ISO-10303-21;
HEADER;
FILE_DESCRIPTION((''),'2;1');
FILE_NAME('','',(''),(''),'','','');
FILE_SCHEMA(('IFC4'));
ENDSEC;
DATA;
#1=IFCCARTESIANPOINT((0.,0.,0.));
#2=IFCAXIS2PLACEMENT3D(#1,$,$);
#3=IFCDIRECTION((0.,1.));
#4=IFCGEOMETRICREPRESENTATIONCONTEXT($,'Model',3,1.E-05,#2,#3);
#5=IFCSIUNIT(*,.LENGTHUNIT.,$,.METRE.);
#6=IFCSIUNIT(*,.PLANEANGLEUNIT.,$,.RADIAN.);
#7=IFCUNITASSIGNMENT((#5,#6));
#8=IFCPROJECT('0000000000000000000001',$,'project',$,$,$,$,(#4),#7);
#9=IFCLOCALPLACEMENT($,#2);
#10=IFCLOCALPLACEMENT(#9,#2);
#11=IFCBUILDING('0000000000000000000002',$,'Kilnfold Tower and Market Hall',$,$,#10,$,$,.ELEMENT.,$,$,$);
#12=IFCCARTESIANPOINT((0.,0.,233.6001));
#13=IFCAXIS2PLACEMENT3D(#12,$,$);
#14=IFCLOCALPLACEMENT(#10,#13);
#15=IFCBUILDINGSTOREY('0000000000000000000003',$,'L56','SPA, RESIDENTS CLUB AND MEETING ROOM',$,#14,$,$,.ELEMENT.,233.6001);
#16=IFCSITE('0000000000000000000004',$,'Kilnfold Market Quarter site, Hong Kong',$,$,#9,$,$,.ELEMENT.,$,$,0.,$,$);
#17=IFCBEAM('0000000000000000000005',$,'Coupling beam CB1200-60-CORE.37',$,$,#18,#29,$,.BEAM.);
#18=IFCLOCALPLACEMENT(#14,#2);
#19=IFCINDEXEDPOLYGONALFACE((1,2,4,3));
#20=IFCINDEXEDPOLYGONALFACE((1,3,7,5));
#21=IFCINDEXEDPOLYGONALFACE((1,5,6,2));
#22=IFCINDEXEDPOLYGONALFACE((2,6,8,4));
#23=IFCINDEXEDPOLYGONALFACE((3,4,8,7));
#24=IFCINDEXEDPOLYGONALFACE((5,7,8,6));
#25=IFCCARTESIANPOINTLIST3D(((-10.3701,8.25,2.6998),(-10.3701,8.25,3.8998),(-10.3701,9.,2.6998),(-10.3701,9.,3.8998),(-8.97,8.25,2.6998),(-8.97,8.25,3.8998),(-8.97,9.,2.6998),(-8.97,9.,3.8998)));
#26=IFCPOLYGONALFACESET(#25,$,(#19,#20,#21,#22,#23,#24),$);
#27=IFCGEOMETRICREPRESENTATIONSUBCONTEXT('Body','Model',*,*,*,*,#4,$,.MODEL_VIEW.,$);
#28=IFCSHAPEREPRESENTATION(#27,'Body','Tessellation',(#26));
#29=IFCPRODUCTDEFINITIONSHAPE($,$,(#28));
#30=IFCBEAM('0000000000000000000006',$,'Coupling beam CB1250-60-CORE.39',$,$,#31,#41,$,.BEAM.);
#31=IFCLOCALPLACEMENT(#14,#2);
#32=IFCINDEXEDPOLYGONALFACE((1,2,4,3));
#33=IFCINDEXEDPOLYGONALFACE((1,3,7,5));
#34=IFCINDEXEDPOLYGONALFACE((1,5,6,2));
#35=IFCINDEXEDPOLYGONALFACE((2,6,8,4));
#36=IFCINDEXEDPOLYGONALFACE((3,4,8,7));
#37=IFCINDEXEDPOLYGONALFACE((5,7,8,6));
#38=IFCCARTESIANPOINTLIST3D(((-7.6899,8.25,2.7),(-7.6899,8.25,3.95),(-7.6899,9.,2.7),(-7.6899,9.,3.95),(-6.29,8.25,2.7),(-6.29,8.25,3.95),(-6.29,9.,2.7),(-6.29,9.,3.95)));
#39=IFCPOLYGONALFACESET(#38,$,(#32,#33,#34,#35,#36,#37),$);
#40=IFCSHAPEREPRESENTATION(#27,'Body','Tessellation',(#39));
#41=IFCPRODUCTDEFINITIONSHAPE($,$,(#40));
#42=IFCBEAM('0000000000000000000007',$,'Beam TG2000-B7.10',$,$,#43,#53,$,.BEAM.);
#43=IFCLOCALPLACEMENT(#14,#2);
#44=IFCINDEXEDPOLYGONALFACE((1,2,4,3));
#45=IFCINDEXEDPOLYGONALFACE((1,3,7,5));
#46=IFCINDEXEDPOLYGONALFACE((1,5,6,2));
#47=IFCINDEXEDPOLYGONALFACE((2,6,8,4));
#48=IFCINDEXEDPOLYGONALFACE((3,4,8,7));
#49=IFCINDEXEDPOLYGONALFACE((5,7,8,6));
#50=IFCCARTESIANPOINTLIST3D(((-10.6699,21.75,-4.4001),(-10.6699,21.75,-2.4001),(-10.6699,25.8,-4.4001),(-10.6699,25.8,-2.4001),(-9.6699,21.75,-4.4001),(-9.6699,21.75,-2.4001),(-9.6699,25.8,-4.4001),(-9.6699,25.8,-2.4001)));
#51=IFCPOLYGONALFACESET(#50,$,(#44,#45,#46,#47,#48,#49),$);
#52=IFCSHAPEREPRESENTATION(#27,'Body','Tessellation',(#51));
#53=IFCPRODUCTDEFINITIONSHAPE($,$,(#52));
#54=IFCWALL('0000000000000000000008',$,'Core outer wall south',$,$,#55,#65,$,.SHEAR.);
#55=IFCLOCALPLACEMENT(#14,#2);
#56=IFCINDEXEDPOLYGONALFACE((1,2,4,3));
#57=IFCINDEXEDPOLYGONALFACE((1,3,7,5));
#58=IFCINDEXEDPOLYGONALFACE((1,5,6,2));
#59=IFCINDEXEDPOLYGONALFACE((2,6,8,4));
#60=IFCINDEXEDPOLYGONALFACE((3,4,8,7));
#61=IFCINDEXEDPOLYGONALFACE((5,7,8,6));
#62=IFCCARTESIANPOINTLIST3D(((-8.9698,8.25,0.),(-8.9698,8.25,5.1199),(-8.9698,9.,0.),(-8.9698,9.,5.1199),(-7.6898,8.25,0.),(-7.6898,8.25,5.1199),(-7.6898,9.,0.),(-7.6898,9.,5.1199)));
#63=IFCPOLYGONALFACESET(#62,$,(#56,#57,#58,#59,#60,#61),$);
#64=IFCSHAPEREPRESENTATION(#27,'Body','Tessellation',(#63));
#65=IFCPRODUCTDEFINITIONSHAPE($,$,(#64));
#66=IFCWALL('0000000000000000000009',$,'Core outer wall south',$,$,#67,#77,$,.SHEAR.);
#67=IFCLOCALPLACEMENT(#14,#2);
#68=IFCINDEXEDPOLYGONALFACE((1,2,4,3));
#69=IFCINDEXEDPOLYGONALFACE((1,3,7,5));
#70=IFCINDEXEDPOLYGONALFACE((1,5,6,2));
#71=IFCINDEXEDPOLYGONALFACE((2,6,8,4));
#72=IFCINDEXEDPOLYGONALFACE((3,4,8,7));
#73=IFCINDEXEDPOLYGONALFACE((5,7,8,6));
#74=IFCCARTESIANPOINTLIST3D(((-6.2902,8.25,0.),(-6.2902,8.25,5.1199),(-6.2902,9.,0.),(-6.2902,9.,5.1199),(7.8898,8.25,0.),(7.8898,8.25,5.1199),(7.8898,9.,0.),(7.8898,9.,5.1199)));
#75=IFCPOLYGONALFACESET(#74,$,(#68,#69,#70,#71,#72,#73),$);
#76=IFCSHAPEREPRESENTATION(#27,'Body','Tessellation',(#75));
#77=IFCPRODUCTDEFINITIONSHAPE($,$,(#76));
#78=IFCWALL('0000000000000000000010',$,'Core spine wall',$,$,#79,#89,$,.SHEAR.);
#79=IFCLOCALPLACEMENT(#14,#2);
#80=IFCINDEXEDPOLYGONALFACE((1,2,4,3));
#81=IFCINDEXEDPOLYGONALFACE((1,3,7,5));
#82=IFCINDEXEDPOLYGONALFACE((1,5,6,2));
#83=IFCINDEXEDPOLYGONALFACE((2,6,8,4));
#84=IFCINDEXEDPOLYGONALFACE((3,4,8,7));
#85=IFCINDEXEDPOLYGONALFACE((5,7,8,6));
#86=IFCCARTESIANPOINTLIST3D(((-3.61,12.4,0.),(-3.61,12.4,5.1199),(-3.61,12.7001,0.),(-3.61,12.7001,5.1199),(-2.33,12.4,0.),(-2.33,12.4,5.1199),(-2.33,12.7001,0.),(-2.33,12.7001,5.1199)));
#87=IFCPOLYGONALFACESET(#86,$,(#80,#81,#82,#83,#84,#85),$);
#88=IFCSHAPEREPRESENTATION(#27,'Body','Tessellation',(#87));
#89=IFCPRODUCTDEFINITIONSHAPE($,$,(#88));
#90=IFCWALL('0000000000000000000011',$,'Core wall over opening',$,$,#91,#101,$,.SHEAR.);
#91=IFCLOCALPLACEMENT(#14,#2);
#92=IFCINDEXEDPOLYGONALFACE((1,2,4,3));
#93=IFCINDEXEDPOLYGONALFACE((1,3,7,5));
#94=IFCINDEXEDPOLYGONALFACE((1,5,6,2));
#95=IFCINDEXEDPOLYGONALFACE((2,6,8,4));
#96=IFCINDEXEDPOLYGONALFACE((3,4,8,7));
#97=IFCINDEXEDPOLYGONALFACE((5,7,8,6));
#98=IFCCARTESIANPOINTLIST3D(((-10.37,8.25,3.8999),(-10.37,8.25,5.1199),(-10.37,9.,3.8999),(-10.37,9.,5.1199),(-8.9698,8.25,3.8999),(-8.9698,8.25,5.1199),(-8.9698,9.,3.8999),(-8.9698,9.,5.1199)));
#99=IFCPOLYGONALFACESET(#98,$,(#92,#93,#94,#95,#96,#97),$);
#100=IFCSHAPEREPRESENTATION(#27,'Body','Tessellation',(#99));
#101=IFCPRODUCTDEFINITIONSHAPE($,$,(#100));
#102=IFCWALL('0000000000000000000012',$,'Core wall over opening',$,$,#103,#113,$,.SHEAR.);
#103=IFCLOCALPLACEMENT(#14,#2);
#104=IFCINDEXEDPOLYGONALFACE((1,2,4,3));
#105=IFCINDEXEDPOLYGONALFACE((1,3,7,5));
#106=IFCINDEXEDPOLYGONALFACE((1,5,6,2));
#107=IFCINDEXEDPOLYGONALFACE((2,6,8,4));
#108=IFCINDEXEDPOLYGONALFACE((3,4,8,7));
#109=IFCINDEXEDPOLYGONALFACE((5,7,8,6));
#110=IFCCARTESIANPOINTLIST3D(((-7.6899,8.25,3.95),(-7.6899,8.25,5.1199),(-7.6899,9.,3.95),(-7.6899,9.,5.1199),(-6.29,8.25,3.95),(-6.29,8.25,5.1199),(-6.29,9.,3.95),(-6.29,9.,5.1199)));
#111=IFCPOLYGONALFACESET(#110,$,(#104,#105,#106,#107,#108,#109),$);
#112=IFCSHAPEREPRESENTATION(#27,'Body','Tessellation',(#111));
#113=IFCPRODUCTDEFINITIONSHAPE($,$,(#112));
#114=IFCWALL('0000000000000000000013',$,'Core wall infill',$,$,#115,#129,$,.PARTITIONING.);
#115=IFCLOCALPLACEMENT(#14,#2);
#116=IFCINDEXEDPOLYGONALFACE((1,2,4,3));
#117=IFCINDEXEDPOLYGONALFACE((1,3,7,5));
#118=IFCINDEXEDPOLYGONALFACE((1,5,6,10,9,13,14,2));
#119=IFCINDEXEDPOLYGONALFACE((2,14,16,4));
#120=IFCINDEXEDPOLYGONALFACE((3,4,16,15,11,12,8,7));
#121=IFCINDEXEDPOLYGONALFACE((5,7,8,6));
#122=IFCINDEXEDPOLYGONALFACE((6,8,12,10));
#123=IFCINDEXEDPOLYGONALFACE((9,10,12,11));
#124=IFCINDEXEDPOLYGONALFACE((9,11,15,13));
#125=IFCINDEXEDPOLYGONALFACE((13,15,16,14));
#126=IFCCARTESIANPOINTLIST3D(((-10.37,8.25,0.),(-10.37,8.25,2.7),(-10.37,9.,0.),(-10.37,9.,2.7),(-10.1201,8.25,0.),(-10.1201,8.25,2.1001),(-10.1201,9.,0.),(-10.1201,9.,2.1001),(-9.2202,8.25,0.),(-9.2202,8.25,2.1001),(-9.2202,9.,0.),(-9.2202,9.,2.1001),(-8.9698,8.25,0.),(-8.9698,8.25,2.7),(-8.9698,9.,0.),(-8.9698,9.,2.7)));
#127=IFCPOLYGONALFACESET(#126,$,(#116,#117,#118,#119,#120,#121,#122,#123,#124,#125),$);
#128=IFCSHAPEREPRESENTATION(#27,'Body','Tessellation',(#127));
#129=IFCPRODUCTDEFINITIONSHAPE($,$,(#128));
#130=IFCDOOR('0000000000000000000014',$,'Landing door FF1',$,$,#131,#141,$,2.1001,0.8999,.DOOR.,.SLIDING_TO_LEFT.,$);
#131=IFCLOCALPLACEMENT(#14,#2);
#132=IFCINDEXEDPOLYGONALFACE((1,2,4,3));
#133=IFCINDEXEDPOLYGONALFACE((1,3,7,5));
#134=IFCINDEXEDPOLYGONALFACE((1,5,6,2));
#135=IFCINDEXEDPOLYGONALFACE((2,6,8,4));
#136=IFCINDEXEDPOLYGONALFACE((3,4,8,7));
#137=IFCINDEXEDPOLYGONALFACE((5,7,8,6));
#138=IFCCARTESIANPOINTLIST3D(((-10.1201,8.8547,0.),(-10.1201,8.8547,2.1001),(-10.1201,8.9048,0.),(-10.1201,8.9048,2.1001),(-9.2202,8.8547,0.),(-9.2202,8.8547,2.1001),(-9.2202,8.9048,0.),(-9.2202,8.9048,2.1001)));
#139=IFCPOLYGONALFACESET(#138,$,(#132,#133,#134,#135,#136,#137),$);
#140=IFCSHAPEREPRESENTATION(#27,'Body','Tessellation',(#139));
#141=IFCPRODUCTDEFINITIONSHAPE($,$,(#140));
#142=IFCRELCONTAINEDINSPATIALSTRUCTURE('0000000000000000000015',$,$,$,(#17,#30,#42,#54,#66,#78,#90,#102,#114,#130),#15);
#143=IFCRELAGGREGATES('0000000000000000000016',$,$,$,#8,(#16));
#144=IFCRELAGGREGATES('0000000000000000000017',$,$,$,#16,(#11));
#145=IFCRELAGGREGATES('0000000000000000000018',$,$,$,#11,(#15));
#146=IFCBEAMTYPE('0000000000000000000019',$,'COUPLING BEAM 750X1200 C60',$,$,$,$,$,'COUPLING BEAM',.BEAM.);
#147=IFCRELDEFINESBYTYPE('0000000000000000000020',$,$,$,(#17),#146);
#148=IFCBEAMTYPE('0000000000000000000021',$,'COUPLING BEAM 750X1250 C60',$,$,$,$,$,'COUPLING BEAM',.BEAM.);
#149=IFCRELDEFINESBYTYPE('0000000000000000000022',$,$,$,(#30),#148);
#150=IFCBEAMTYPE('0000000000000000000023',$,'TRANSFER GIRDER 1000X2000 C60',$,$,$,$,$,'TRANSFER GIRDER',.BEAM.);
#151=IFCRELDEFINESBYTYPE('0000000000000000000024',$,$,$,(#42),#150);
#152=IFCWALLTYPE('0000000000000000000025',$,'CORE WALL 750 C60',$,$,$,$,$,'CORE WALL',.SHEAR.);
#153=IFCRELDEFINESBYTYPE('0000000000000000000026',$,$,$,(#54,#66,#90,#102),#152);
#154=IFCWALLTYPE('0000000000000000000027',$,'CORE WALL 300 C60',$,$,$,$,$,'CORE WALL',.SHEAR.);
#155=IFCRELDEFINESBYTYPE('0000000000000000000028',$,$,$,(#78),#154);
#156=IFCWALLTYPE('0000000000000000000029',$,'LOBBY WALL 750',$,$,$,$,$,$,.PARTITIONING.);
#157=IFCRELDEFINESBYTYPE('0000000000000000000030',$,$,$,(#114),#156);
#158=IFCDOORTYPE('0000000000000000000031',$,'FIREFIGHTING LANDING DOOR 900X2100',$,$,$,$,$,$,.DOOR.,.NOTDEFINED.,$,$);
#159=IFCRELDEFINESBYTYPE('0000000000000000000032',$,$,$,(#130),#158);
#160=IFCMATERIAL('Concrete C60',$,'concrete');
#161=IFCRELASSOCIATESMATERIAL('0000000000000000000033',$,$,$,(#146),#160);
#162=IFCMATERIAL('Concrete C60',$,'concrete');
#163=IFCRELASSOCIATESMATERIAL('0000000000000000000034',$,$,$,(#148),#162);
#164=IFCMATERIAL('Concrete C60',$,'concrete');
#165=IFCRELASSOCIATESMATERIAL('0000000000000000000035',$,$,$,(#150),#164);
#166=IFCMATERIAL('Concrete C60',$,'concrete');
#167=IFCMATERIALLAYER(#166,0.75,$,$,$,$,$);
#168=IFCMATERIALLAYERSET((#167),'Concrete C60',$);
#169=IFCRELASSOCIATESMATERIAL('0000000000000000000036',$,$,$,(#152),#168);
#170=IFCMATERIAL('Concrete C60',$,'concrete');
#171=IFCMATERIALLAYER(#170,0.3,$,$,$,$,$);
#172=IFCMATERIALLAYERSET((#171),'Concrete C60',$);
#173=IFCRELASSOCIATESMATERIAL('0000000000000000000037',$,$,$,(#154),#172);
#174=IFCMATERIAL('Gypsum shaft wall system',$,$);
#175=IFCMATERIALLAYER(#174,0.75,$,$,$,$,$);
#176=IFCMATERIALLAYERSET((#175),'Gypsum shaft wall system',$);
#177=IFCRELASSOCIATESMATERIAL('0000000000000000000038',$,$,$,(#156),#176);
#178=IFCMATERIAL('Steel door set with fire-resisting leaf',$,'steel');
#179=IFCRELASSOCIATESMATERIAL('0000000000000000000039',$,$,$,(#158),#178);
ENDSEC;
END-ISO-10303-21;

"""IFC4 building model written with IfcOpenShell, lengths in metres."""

from ifc_helpers import new_model, si_unit, direction, frame, frame_2d, origin, origin_2d, place, context, subcontext, project, spatial, rectangle, extrude, source, transform, mapped, material, layer, layer_set, material_profile, profile_set, type_object, element, fill, save


model = new_model("IFC4")

# Units and contexts
model_context = context("Model", 3, precision=1e-05, world=origin(), true_north=direction((0.0, 1.0)))
body_context = subcontext(model_context, "Body", "Model", "MODEL_VIEW")
ifc_project = project(units=[si_unit("LENGTHUNIT", "METRE"), si_unit("PLANEANGLEUNIT", "RADIAN")], contexts=[model_context])

# Site, building, storey
site_placement = place(None, origin())
site = spatial("IfcSite", under=ifc_project, at=site_placement, Name="Kilnfold Market Quarter site, Hong Kong", CompositionType="ELEMENT", RefElevation=0.0)
building_placement = place(site_placement, origin())
building = spatial("IfcBuilding", under=site, at=building_placement, Name="Kilnfold Tower and Market Hall", CompositionType="ELEMENT")
storey_placement = place(building_placement, frame((0.0, 0.0, 233.6001)))
storey = spatial("IfcBuildingStorey", under=building, at=storey_placement, Name="L56", Description="SPA, RESIDENTS CLUB AND MEETING ROOM", CompositionType="ELEMENT", Elevation=233.6001)

# Beams
ifc_material_1 = material(Name="Concrete C60", Category="concrete")
ifc_material_profile_1 = material_profile(ifc_material_1, rectangle(XDim=0.75, YDim=1.2, at=origin_2d()), Name="RC 750x1200")
ifc_profile_set_1 = profile_set([ifc_material_profile_1], Name="Concrete C60")
beam_type_1 = type_object("IfcBeamType", Name="COUPLING BEAM 750X1200 C60", ElementType="COUPLING BEAM", PredefinedType="BEAM", material=ifc_profile_set_1)
shared_shape_1 = source(origin(), body_context, "Body", "SweptSolid", [
    extrude(rectangle(XDim=0.75, YDim=1.2, at=origin_2d()), origin(), (0.0, 0.0, 1.0), 1.4001),
])
beam_1_placement = place(storey_placement, frame((-10.3701, 8.625, 3.2998), z_axis=(1.0, 0.0, 0.0), x_axis=(0.0, 1.0, 0.0)))
element("IfcBeam", 1, at=beam_1_placement, inside=storey, type_object=beam_type_1, Name="Coupling beam CB1200-60-CORE.37", PredefinedType="BEAM", context=body_context, shape_type="MappedRepresentation", body=[
    mapped(shared_shape_1, transform((0.0, 0.0, 0.0))),
])
ifc_material_2 = material(Name="Concrete C60", Category="concrete")
ifc_material_profile_2 = material_profile(ifc_material_2, rectangle(XDim=0.75, YDim=1.25, at=origin_2d()), Name="RC 750x1250")
ifc_profile_set_2 = profile_set([ifc_material_profile_2], Name="Concrete C60")
beam_type_2 = type_object("IfcBeamType", Name="COUPLING BEAM 750X1250 C60", ElementType="COUPLING BEAM", PredefinedType="BEAM", material=ifc_profile_set_2)
shared_shape_2 = source(origin(), body_context, "Body", "SweptSolid", [
    extrude(rectangle(XDim=0.75, YDim=1.25, at=origin_2d()), origin(), (0.0, 0.0, 1.0), 1.3999),
])
beam_2_placement = place(storey_placement, frame((-7.6899, 8.625, 3.325), z_axis=(1.0, 0.0, 0.0), x_axis=(0.0, 1.0, 0.0)))
element("IfcBeam", 2, at=beam_2_placement, inside=storey, type_object=beam_type_2, Name="Coupling beam CB1250-60-CORE.39", PredefinedType="BEAM", context=body_context, shape_type="MappedRepresentation", body=[
    mapped(shared_shape_2, transform((0.0, 0.0, 0.0))),
])
ifc_material_3 = material(Name="Concrete C60", Category="concrete")
ifc_material_profile_3 = material_profile(ifc_material_3, rectangle(XDim=1.0, YDim=2.0, at=origin_2d()), Name="RC 1000x2000")
ifc_profile_set_3 = profile_set([ifc_material_profile_3], Name="Concrete C60")
beam_type_3 = type_object("IfcBeamType", Name="TRANSFER GIRDER 1000X2000 C60", ElementType="TRANSFER GIRDER", PredefinedType="BEAM", material=ifc_profile_set_3)
shared_shape_3 = source(origin(), body_context, "Body", "SweptSolid", [
    extrude(rectangle(XDim=1.0, YDim=2.0, at=origin_2d()), origin(), (0.0, 0.0, 1.0), 4.05),
])
beam_3_placement = place(storey_placement, frame((-10.1699, 21.75, -3.4001), z_axis=(0.0, 1.0, 0.0), x_axis=(-1.0, 0.0, 0.0)))
element("IfcBeam", 3, at=beam_3_placement, inside=storey, type_object=beam_type_3, Name="Beam TG2000-B7.10", PredefinedType="BEAM", context=body_context, shape_type="MappedRepresentation", body=[
    mapped(shared_shape_3, transform((0.0, 0.0, 0.0))),
])

# Walls
ifc_material_4 = material(Name="Concrete C60", Category="concrete")
ifc_layer_1 = layer(ifc_material_4, 0.75)
ifc_layer_set_1 = layer_set([ifc_layer_1], Name="Concrete C60")
wall_type_1 = type_object("IfcWallType", Name="CORE WALL 750 C60", ElementType="CORE WALL", PredefinedType="SHEAR", material=ifc_layer_set_1)
shared_shape_4 = source(origin(), body_context, "Body", "SweptSolid", [
    extrude(rectangle(XDim=1.28, YDim=0.75, at=frame_2d((0.6401, 0.0))), origin(), (0.0, 0.0, 1.0), 5.1199),
])
wall_1_placement = place(storey_placement, frame((-8.97, 8.625, 0.0), z_axis=(0.0, 0.0, 1.0), x_axis=(1.0, 0.0, 0.0)))
element("IfcWall", 4, at=wall_1_placement, inside=storey, type_object=wall_type_1, Name="Core outer wall south", PredefinedType="SHEAR", context=body_context, shape_type="MappedRepresentation", body=[
    mapped(shared_shape_4, transform((0.0, 0.0, 0.0))),
])
shared_shape_5 = source(origin(), body_context, "Body", "SweptSolid", [
    extrude(rectangle(XDim=14.1799, YDim=0.75, at=frame_2d((7.0898, 0.0))), origin(), (0.0, 0.0, 1.0), 5.1199),
])
wall_2_placement = place(storey_placement, frame((-6.29, 8.625, 0.0), z_axis=(0.0, 0.0, 1.0), x_axis=(1.0, 0.0, 0.0)))
element("IfcWall", 5, at=wall_2_placement, inside=storey, type_object=wall_type_1, Name="Core outer wall south", PredefinedType="SHEAR", context=body_context, shape_type="MappedRepresentation", body=[
    mapped(shared_shape_5, transform((0.0, 0.0, 0.0))),
])
ifc_material_5 = material(Name="Concrete C60", Category="concrete")
ifc_layer_2 = layer(ifc_material_5, 0.3)
ifc_layer_set_2 = layer_set([ifc_layer_2], Name="Concrete C60")
wall_type_2 = type_object("IfcWallType", Name="CORE WALL 300 C60", ElementType="CORE WALL", PredefinedType="SHEAR", material=ifc_layer_set_2)
shared_shape_6 = source(origin(), body_context, "Body", "SweptSolid", [
    extrude(rectangle(XDim=1.28, YDim=0.3, at=frame_2d((0.6401, 0.0))), origin(), (0.0, 0.0, 1.0), 5.1199),
])
wall_3_placement = place(storey_placement, frame((-3.6101, 12.55, 0.0), z_axis=(0.0, 0.0, 1.0), x_axis=(1.0, 0.0, 0.0)))
element("IfcWall", 6, at=wall_3_placement, inside=storey, type_object=wall_type_2, Name="Core spine wall", PredefinedType="SHEAR", context=body_context, shape_type="MappedRepresentation", body=[
    mapped(shared_shape_6, transform((0.0, 0.0, 0.0))),
])
shared_shape_7 = source(origin(), body_context, "Body", "SweptSolid", [
    extrude(rectangle(XDim=1.4001, YDim=0.75, at=frame_2d((0.7002, 0.0))), origin(), (0.0, 0.0, 1.0), 1.22),
])
wall_4_placement = place(storey_placement, frame((-10.3701, 8.625, 3.8999), z_axis=(0.0, 0.0, 1.0), x_axis=(1.0, 0.0, 0.0)))
element("IfcWall", 7, at=wall_4_placement, inside=storey, type_object=wall_type_1, Name="Core wall over opening", PredefinedType="SHEAR", context=body_context, shape_type="MappedRepresentation", body=[
    mapped(shared_shape_7, transform((0.0, 0.0, 0.0))),
])
shared_shape_8 = source(origin(), body_context, "Body", "SweptSolid", [
    extrude(rectangle(XDim=1.3999, YDim=0.75, at=frame_2d((0.7, 0.0))), origin(), (0.0, 0.0, 1.0), 1.1699),
])
wall_5_placement = place(storey_placement, frame((-7.6899, 8.625, 3.95), z_axis=(0.0, 0.0, 1.0), x_axis=(1.0, 0.0, 0.0)))
element("IfcWall", 8, at=wall_5_placement, inside=storey, type_object=wall_type_1, Name="Core wall over opening", PredefinedType="SHEAR", context=body_context, shape_type="MappedRepresentation", body=[
    mapped(shared_shape_8, transform((0.0, 0.0, 0.0))),
])

# Wall, opening, door
ifc_material_6 = material(Name="Gypsum shaft wall system")
ifc_layer_3 = layer(ifc_material_6, 0.75)
ifc_layer_set_3 = layer_set([ifc_layer_3], Name="Gypsum shaft wall system")
wall_type_3 = type_object("IfcWallType", Name="LOBBY WALL 750", PredefinedType="PARTITIONING", material=ifc_layer_set_3)
shared_shape_9 = source(origin(), body_context, "Body", "SweptSolid", [
    extrude(rectangle(XDim=1.4001, YDim=0.75, at=frame_2d((0.7002, 0.0))), origin(), (0.0, 0.0, 1.0), 2.7),
])
wall_6_placement = place(storey_placement, frame((-10.3701, 8.625, 0.0), z_axis=(0.0, 0.0, 1.0), x_axis=(1.0, 0.0, 0.0)))
wall_6 = element("IfcWall", 9, at=wall_6_placement, inside=storey, type_object=wall_type_3, Name="Core wall infill", PredefinedType="PARTITIONING", context=body_context, shape_type="MappedRepresentation", body=[
    mapped(shared_shape_9, transform((0.0, 0.0, 0.0))),
])
opening_1_placement = place(wall_6_placement, frame((0.25, 0.0, 0.0)))
opening_1 = element("IfcOpeningElement", 10, at=opening_1_placement, cuts=wall_6, PredefinedType="OPENING", context=body_context, shape_type="SweptSolid", body=[
    extrude(rectangle(XDim=0.8999, YDim=2.1001, at=frame_2d((0.45, 1.05))), frame((0.0, 0.385, 0.0), z_axis=(0.0, -1.0, 0.0), x_axis=(1.0, 0.0, 0.0)), (0.0, 0.0, 1.0), 0.77),
])
ifc_material_7 = material(Name="Steel door set with fire-resisting leaf", Category="steel")
door_type_1 = type_object("IfcDoorType", Name="FIREFIGHTING LANDING DOOR 900X2100", OperationType="NOTDEFINED", PredefinedType="DOOR", material=ifc_material_7)
door_1_placement = place(opening_1_placement, origin())
door_1 = element("IfcDoor", 11, at=door_1_placement, inside=storey, type_object=door_type_1, Name="Landing door FF1", OperationType="SLIDING_TO_LEFT", OverallHeight=2.1001, OverallWidth=0.8999, PredefinedType="DOOR", context=body_context, shape_type="SweptSolid", body=[
    extrude(rectangle(XDim=0.8999, YDim=2.1001, at=frame_2d((0.45, 1.05))), frame((0.0, 0.2798, 0.0), z_axis=(0.0, -1.0, 0.0), x_axis=(1.0, 0.0, 0.0)), (0.0, 0.0, 1.0), 0.05),
])
fill(opening_1, door_1)

save(model, "model.ifc")
